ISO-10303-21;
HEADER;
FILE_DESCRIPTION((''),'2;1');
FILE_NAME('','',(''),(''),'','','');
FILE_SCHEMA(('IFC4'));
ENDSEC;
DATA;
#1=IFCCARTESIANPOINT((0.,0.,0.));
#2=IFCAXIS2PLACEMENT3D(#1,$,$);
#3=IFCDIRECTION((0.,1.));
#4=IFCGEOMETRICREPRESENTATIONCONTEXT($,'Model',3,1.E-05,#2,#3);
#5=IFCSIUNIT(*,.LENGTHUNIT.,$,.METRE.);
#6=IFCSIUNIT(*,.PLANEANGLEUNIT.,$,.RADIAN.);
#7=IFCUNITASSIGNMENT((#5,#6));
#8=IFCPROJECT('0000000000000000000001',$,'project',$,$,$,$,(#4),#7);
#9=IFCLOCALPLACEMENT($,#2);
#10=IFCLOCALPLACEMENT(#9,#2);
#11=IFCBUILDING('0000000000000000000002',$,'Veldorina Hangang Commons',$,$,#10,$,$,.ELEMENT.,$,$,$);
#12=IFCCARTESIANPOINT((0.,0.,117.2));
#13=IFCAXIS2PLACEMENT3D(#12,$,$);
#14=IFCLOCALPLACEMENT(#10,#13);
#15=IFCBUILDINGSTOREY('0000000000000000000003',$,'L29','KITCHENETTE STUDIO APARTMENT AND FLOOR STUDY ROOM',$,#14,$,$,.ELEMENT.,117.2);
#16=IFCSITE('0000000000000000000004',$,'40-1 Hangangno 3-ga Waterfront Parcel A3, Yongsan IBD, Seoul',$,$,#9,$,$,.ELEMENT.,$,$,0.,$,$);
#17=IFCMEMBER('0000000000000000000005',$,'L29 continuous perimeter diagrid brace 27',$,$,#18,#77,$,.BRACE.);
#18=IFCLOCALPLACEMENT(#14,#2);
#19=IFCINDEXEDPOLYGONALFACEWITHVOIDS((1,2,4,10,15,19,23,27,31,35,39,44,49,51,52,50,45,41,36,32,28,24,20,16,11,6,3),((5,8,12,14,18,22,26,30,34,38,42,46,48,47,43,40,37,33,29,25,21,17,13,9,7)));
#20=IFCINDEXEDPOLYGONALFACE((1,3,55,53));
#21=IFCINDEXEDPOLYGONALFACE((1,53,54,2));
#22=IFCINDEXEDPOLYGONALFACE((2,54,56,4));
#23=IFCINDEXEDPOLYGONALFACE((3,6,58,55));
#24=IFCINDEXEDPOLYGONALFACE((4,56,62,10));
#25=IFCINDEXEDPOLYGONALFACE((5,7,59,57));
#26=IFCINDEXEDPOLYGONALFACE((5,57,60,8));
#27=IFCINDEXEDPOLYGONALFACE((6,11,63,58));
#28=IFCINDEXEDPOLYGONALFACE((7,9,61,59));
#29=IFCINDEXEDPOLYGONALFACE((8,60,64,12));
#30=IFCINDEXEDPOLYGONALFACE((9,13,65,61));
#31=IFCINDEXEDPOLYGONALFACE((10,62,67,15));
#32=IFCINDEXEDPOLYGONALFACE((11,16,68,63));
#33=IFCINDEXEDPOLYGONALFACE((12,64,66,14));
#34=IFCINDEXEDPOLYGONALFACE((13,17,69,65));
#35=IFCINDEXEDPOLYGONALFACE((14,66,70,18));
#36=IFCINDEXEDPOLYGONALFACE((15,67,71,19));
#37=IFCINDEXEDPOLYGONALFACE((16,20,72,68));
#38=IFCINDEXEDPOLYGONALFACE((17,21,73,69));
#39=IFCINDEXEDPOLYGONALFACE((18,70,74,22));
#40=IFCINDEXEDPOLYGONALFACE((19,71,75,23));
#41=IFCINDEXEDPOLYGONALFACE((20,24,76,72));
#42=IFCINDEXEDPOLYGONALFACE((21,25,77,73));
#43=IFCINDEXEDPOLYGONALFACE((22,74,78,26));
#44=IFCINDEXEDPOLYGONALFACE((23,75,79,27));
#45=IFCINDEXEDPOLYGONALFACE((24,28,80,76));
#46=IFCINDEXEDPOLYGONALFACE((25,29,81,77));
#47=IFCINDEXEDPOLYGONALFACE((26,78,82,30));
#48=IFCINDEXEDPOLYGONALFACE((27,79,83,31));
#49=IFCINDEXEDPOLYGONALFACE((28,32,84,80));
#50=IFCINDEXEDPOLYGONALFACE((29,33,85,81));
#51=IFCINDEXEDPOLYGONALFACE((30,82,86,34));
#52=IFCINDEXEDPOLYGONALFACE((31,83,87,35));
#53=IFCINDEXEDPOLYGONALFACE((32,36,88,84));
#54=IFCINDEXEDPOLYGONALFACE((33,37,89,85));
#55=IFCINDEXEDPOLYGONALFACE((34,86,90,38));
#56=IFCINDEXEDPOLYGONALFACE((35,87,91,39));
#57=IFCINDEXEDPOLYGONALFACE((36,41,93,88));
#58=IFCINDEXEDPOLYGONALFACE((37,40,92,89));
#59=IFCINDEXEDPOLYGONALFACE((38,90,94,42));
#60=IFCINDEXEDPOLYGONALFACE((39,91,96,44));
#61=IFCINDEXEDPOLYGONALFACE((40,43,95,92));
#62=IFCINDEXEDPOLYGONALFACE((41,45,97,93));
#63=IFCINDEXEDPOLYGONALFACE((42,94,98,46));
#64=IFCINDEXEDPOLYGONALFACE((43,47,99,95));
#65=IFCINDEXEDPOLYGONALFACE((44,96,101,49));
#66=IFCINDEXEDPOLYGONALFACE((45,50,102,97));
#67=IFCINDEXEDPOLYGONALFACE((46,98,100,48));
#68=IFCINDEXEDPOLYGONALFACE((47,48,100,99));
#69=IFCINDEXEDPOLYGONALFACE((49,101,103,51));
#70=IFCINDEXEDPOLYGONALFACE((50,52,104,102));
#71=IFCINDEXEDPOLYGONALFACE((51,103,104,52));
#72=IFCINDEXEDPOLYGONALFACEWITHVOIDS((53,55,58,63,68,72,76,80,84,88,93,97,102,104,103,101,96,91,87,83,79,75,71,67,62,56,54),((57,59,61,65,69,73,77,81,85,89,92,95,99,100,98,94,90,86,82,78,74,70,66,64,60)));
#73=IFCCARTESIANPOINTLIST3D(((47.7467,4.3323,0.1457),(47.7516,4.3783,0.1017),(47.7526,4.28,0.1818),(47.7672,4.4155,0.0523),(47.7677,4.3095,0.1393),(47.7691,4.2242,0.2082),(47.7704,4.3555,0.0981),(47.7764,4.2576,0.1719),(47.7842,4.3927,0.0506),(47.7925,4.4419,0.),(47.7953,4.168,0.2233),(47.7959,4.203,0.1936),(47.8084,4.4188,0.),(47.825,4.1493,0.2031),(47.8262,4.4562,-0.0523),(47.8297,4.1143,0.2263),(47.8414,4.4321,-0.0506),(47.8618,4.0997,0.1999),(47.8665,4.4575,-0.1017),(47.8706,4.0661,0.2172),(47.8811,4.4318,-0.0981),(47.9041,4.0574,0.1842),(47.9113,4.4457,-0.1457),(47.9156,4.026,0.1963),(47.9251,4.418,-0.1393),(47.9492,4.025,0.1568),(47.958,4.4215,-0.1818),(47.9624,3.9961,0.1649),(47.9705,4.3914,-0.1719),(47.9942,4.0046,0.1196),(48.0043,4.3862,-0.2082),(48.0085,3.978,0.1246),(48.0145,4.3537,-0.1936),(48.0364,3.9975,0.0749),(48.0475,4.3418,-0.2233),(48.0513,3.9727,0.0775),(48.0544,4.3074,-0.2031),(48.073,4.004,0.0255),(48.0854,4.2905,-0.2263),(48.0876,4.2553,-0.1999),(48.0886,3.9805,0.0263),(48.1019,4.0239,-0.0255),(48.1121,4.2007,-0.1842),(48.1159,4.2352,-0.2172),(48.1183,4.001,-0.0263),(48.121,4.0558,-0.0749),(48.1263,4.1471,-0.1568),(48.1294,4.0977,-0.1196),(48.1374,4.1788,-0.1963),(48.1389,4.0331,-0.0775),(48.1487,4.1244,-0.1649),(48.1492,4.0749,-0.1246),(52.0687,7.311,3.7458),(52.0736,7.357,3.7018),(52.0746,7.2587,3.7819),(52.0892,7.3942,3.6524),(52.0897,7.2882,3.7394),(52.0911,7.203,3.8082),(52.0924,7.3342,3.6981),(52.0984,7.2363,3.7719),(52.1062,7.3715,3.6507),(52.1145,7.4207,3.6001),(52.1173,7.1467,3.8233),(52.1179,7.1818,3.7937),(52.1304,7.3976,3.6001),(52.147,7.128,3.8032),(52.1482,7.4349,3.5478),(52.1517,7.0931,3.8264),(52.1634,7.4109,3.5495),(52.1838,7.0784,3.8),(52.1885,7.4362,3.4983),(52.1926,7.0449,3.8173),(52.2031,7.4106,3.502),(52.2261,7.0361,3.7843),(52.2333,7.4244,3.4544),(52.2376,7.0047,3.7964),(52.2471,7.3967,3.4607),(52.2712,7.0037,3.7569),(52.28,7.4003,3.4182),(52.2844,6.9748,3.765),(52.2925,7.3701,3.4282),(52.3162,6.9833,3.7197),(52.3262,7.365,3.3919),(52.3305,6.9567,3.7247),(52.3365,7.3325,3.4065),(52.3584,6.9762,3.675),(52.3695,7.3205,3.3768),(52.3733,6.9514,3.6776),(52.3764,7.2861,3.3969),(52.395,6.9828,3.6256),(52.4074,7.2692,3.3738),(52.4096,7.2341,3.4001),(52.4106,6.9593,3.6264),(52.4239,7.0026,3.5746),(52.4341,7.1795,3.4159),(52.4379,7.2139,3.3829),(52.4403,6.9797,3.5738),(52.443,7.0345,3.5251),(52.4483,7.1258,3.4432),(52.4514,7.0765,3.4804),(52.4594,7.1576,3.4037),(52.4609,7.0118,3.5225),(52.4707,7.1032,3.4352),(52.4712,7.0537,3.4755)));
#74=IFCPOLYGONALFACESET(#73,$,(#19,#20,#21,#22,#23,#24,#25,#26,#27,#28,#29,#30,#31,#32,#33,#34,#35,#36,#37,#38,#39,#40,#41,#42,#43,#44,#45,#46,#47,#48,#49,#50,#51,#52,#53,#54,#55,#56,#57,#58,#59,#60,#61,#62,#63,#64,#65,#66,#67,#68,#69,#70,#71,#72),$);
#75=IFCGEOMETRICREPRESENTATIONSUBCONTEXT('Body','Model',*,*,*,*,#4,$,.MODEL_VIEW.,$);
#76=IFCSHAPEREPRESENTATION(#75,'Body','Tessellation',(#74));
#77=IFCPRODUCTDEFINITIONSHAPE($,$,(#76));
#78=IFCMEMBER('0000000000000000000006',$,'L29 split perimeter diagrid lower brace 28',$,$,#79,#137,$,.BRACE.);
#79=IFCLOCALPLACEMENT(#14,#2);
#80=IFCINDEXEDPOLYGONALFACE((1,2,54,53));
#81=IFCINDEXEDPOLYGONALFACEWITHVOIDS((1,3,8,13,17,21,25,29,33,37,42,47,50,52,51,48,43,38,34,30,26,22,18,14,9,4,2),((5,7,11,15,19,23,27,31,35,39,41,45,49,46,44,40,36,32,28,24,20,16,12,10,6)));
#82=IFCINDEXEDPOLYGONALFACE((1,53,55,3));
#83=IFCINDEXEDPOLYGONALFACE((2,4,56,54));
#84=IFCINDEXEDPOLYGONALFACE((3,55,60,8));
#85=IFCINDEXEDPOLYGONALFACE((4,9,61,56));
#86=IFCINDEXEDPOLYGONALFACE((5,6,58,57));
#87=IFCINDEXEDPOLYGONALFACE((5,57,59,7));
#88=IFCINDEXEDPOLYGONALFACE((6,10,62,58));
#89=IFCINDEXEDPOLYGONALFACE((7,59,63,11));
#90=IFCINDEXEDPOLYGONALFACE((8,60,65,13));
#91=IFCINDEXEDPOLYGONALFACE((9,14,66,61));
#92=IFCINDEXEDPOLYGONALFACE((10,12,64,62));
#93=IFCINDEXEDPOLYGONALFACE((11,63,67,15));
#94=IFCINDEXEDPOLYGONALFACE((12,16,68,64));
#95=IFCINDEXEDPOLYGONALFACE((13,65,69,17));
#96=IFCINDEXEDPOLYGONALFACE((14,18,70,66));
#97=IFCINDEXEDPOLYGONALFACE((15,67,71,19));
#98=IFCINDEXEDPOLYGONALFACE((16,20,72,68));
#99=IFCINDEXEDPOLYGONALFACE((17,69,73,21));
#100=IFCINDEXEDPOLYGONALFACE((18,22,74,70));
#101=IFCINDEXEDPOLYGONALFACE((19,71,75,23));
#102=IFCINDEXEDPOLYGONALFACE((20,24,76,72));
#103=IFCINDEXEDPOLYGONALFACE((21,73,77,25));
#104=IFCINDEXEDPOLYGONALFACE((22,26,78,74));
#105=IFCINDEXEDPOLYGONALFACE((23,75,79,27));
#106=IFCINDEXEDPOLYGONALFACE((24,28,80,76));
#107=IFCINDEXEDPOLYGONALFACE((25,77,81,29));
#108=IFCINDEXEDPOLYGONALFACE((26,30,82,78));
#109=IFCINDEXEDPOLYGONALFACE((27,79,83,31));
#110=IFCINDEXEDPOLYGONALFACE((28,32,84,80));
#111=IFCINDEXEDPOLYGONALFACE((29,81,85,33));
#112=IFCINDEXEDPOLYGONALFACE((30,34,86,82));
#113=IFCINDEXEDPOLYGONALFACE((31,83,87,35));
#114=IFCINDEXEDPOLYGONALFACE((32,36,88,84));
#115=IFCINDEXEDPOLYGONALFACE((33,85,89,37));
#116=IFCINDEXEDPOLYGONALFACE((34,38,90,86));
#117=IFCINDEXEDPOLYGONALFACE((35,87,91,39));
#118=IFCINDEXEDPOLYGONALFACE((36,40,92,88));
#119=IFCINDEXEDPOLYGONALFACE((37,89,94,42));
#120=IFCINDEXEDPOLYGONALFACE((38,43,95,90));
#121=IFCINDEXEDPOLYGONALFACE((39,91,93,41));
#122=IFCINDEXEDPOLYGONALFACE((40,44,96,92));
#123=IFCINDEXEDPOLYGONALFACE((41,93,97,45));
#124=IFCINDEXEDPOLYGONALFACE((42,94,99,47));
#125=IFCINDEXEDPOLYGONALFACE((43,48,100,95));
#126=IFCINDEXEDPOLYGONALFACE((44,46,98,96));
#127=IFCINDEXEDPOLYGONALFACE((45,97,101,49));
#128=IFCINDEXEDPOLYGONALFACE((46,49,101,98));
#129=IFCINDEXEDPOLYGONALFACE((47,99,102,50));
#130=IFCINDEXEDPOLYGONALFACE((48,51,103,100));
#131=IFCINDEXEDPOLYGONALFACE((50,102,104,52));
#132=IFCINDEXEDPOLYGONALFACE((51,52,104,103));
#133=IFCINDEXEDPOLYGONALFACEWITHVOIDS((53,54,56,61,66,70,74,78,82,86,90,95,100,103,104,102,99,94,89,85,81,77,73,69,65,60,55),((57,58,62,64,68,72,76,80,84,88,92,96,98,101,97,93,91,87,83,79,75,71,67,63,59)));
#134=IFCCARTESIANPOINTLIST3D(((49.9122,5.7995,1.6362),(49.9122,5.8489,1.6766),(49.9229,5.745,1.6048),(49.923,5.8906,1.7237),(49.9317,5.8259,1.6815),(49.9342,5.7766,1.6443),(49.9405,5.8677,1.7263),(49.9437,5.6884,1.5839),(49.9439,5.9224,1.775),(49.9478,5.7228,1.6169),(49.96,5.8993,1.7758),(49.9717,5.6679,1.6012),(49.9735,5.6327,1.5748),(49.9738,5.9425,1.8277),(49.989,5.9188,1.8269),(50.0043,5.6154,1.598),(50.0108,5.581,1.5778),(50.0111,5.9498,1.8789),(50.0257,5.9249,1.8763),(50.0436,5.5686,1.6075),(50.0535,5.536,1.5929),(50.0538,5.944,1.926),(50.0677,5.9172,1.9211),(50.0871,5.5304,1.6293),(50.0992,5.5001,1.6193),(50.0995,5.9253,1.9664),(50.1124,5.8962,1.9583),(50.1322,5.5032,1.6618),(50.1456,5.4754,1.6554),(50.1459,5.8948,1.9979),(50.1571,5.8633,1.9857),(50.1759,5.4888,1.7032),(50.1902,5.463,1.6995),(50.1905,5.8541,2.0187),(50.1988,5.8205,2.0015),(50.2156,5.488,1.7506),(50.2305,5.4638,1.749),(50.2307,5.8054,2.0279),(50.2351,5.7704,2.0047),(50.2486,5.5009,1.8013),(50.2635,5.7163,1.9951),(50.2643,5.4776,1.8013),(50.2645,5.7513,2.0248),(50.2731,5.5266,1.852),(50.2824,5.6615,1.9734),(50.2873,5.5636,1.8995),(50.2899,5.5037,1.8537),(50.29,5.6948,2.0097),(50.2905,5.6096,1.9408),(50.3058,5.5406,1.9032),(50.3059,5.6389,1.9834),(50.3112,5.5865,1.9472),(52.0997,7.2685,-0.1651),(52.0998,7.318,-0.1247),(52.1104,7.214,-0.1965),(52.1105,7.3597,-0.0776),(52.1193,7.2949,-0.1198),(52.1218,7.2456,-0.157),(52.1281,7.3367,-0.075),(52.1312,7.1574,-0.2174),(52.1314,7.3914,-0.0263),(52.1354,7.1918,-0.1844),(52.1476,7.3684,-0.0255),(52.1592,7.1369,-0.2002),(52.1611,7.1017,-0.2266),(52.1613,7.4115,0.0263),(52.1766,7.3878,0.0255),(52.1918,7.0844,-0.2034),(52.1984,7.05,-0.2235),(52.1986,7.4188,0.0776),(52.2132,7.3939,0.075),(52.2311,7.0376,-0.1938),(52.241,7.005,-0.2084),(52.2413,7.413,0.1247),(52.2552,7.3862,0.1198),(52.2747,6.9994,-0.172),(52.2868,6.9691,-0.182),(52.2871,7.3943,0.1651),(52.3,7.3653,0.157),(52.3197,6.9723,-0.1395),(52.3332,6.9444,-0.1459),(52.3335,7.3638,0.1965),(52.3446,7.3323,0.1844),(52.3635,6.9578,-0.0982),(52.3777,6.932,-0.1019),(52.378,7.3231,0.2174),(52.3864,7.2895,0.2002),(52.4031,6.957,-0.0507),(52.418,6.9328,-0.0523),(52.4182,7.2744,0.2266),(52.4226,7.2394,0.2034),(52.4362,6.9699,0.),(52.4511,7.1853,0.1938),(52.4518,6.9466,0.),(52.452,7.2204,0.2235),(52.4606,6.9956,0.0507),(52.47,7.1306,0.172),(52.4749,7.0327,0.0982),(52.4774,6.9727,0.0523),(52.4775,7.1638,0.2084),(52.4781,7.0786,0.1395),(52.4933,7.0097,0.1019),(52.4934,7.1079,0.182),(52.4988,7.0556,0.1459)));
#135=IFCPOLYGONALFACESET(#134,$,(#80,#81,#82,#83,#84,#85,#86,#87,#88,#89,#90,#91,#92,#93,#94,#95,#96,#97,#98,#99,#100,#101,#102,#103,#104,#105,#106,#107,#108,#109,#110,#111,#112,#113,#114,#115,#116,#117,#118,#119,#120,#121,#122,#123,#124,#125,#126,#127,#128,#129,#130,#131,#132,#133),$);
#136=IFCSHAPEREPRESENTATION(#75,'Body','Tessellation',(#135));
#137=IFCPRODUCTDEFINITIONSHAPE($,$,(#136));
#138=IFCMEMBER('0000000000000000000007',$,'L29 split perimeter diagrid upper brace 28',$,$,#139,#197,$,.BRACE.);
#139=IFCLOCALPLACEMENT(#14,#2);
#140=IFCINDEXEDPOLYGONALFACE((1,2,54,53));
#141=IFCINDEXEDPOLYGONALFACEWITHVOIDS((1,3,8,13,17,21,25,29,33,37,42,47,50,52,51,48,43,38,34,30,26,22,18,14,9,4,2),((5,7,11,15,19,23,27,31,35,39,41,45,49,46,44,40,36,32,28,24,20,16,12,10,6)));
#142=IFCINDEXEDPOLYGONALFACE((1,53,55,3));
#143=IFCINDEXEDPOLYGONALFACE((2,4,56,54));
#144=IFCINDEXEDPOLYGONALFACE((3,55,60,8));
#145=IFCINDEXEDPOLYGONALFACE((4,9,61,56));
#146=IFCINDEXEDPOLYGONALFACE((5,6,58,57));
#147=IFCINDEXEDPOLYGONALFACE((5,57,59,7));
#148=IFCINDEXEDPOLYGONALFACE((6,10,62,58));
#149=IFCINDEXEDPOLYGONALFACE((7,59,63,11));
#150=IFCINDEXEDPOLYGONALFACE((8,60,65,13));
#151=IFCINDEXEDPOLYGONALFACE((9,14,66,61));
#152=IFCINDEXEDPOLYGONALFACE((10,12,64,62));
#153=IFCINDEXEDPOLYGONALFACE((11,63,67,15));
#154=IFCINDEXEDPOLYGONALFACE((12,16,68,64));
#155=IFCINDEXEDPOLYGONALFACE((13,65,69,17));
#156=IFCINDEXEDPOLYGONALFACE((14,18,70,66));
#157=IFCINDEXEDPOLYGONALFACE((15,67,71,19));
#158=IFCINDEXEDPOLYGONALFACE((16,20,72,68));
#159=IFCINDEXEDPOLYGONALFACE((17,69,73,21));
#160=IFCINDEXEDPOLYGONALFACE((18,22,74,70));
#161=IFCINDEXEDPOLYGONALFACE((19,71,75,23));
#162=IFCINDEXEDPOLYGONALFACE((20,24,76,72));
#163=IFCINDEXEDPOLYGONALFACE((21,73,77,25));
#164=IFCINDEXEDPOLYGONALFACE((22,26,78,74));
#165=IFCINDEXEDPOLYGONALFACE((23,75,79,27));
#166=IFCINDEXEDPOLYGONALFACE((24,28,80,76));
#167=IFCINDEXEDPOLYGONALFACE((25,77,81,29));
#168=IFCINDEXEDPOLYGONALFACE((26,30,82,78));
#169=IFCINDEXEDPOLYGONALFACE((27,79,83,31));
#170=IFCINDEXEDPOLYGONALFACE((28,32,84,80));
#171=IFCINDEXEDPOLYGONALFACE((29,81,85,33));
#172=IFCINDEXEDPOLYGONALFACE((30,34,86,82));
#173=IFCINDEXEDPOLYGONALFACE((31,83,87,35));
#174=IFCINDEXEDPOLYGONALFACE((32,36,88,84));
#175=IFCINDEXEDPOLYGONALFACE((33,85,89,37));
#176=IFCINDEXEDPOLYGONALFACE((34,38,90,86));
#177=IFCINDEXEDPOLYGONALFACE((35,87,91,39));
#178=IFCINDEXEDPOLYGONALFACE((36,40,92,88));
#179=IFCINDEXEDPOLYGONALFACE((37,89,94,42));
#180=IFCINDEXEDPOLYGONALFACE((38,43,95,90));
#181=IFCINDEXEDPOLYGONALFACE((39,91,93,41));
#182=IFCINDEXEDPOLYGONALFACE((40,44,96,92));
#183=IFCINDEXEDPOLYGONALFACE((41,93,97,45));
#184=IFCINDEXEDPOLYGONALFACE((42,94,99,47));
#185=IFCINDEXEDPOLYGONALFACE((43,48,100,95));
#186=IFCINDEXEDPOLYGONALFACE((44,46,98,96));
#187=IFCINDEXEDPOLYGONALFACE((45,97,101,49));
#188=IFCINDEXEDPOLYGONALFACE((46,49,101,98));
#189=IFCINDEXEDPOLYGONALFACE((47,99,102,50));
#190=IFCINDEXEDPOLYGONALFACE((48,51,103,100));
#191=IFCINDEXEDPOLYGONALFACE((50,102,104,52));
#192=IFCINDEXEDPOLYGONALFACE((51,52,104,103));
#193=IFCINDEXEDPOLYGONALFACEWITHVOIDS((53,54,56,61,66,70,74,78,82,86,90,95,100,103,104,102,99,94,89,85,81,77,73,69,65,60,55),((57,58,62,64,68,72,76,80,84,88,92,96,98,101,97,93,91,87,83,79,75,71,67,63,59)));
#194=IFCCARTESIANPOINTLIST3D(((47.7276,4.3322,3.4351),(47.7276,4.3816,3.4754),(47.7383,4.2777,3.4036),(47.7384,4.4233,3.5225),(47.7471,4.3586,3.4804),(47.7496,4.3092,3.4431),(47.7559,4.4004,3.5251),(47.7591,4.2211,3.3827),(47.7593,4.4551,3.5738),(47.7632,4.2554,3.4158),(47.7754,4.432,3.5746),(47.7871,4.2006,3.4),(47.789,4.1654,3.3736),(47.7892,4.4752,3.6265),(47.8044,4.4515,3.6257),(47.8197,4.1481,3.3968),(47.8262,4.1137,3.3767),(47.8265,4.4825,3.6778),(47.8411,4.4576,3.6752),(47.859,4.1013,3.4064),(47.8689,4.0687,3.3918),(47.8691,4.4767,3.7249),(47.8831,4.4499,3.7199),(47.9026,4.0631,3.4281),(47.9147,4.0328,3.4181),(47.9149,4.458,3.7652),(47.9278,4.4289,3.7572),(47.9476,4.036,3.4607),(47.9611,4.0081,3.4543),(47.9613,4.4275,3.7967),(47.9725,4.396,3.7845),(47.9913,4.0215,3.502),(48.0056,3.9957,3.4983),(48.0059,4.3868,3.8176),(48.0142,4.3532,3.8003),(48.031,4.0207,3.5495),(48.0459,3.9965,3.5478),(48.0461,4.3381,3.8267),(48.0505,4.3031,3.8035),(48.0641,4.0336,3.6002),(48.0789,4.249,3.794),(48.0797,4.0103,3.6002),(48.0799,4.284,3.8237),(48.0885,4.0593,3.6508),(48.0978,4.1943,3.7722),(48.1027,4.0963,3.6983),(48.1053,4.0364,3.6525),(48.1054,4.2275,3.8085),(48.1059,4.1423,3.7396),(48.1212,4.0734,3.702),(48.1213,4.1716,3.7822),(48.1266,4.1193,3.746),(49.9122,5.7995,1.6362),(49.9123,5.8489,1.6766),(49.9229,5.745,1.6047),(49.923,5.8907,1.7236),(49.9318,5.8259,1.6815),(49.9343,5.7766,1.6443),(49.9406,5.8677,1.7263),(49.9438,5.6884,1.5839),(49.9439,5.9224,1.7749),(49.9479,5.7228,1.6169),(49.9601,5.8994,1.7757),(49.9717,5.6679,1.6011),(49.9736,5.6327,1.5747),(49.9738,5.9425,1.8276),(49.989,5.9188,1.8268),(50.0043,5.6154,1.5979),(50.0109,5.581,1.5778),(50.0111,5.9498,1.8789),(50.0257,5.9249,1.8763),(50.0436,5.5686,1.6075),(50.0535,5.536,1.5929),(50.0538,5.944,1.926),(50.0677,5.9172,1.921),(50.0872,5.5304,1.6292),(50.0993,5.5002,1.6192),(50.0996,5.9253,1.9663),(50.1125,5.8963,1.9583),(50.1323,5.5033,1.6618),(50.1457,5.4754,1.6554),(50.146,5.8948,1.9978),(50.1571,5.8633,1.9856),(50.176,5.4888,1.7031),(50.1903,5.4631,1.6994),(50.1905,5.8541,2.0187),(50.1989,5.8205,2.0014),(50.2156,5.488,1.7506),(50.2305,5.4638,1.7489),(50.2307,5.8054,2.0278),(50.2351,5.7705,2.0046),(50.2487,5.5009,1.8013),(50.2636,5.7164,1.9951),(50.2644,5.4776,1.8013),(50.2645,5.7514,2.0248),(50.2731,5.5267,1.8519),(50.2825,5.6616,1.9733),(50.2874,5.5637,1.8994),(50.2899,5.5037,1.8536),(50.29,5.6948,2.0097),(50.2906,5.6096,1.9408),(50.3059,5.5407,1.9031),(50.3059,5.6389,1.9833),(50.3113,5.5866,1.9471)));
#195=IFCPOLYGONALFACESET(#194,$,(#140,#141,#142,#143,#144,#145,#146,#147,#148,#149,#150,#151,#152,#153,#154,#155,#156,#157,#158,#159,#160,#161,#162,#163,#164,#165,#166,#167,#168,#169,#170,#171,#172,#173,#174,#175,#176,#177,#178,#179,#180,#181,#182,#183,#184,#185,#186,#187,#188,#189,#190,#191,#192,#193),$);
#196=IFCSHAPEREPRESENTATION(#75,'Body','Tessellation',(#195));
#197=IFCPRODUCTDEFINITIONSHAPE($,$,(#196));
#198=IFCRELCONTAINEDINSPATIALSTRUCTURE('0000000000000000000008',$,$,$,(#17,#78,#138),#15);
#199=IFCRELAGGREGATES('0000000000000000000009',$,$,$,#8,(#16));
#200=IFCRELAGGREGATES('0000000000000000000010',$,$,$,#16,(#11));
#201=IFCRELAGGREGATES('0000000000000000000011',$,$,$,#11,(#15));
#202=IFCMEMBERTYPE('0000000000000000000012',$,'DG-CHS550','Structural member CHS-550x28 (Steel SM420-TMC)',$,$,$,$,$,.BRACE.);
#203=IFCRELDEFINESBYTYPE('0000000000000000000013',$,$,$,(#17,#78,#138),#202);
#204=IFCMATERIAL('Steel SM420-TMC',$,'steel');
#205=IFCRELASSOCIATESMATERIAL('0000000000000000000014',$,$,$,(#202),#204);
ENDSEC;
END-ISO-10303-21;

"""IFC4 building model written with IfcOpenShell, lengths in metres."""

from ifc_helpers import new_model, si_unit, direction, frame, origin, origin_2d, place, context, subcontext, project, spatial, hollow_circle, extrude, material, material_profile, profile_set, type_object, element, save


model = new_model("IFC4")

# Units and contexts
model_context = context("Model", 3, precision=1e-05, world=origin(), true_north=direction((0.0, 1.0)))
body_context = subcontext(model_context, "Body", "Model", "MODEL_VIEW")
ifc_project = project(units=[si_unit("LENGTHUNIT", "METRE"), si_unit("PLANEANGLEUNIT", "RADIAN")], contexts=[model_context])

# Site, building, storey
site_placement = place(None, origin())
site = spatial("IfcSite", under=ifc_project, at=site_placement, Name="40-1 Hangangno 3-ga Waterfront Parcel A3, Yongsan IBD, Seoul", CompositionType="ELEMENT", RefElevation=0.0)
building_placement = place(site_placement, origin())
building = spatial("IfcBuilding", under=site, at=building_placement, Name="Veldorina Hangang Commons", CompositionType="ELEMENT")
storey_placement = place(building_placement, frame((0.0, 0.0, 117.2)))
storey = spatial("IfcBuildingStorey", under=building, at=storey_placement, Name="L29", Description="KITCHENETTE STUDIO APARTMENT AND FLOOR STUDY ROOM", CompositionType="ELEMENT", Elevation=117.2)

# Shared definitions
ifc_material_1 = material(Name="Steel SM420-TMC", Category="steel")

# Members
ifc_material_profile_1 = material_profile(ifc_material_1, hollow_circle(Radius=0.2749, WallThickness=0.0281, at=origin_2d()), Name="CHS-550x28")
ifc_profile_set_1 = profile_set([ifc_material_profile_1], Name="Steel SM420-TMC")
member_type_1 = type_object("IfcMemberType", Name="DG-CHS550", Description="Structural member CHS-550x28 (Steel SM420-TMC)", PredefinedType="BRACE", material=ifc_profile_set_1)
member_1_placement = place(storey_placement, frame((47.9485, 4.2156, 0.0), z_axis=(0.679026, 0.467988, 0.565606), x_axis=(-0.567482, 0.823386, 0.0)))
element("IfcMember", 1, at=member_1_placement, inside=storey, type_object=member_type_1, Name="L29 continuous perimeter diagrid brace 27", PredefinedType="BRACE", context=body_context, shape_type="SweptSolid", body=[
    extrude(hollow_circle(Radius=0.2749, WallThickness=0.0281, at=origin_2d()), origin(), (0.0, 0.0, 1.0), 6.365),
])
member_2_placement = place(storey_placement, frame((52.2986, 7.1748, 0.0), z_axis=(-0.685347, -0.460238, 0.564341), x_axis=(0.557498, -0.830178, 0.0)))
element("IfcMember", 2, at=member_2_placement, inside=storey, type_object=member_type_1, Name="L29 split perimeter diagrid lower brace 28", PredefinedType="BRACE", context=body_context, shape_type="SweptSolid", body=[
    extrude(hollow_circle(Radius=0.2749, WallThickness=0.0281, at=origin_2d()), origin(), (0.0, 0.0, 1.0), 3.1919),
])
member_3_placement = place(storey_placement, frame((50.1111, 5.7058, 1.8013), z_axis=(-0.685325, -0.460304, 0.564313), x_axis=(0.557566, -0.830133, 0.0)))
element("IfcMember", 3, at=member_3_placement, inside=storey, type_object=member_type_1, Name="L29 split perimeter diagrid upper brace 28", PredefinedType="BRACE", context=body_context, shape_type="SweptSolid", body=[
    extrude(hollow_circle(Radius=0.2749, WallThickness=0.0281, at=origin_2d()), origin(), (0.0, 0.0, 1.0), 3.1877),
])

save(model, "model.ifc")
